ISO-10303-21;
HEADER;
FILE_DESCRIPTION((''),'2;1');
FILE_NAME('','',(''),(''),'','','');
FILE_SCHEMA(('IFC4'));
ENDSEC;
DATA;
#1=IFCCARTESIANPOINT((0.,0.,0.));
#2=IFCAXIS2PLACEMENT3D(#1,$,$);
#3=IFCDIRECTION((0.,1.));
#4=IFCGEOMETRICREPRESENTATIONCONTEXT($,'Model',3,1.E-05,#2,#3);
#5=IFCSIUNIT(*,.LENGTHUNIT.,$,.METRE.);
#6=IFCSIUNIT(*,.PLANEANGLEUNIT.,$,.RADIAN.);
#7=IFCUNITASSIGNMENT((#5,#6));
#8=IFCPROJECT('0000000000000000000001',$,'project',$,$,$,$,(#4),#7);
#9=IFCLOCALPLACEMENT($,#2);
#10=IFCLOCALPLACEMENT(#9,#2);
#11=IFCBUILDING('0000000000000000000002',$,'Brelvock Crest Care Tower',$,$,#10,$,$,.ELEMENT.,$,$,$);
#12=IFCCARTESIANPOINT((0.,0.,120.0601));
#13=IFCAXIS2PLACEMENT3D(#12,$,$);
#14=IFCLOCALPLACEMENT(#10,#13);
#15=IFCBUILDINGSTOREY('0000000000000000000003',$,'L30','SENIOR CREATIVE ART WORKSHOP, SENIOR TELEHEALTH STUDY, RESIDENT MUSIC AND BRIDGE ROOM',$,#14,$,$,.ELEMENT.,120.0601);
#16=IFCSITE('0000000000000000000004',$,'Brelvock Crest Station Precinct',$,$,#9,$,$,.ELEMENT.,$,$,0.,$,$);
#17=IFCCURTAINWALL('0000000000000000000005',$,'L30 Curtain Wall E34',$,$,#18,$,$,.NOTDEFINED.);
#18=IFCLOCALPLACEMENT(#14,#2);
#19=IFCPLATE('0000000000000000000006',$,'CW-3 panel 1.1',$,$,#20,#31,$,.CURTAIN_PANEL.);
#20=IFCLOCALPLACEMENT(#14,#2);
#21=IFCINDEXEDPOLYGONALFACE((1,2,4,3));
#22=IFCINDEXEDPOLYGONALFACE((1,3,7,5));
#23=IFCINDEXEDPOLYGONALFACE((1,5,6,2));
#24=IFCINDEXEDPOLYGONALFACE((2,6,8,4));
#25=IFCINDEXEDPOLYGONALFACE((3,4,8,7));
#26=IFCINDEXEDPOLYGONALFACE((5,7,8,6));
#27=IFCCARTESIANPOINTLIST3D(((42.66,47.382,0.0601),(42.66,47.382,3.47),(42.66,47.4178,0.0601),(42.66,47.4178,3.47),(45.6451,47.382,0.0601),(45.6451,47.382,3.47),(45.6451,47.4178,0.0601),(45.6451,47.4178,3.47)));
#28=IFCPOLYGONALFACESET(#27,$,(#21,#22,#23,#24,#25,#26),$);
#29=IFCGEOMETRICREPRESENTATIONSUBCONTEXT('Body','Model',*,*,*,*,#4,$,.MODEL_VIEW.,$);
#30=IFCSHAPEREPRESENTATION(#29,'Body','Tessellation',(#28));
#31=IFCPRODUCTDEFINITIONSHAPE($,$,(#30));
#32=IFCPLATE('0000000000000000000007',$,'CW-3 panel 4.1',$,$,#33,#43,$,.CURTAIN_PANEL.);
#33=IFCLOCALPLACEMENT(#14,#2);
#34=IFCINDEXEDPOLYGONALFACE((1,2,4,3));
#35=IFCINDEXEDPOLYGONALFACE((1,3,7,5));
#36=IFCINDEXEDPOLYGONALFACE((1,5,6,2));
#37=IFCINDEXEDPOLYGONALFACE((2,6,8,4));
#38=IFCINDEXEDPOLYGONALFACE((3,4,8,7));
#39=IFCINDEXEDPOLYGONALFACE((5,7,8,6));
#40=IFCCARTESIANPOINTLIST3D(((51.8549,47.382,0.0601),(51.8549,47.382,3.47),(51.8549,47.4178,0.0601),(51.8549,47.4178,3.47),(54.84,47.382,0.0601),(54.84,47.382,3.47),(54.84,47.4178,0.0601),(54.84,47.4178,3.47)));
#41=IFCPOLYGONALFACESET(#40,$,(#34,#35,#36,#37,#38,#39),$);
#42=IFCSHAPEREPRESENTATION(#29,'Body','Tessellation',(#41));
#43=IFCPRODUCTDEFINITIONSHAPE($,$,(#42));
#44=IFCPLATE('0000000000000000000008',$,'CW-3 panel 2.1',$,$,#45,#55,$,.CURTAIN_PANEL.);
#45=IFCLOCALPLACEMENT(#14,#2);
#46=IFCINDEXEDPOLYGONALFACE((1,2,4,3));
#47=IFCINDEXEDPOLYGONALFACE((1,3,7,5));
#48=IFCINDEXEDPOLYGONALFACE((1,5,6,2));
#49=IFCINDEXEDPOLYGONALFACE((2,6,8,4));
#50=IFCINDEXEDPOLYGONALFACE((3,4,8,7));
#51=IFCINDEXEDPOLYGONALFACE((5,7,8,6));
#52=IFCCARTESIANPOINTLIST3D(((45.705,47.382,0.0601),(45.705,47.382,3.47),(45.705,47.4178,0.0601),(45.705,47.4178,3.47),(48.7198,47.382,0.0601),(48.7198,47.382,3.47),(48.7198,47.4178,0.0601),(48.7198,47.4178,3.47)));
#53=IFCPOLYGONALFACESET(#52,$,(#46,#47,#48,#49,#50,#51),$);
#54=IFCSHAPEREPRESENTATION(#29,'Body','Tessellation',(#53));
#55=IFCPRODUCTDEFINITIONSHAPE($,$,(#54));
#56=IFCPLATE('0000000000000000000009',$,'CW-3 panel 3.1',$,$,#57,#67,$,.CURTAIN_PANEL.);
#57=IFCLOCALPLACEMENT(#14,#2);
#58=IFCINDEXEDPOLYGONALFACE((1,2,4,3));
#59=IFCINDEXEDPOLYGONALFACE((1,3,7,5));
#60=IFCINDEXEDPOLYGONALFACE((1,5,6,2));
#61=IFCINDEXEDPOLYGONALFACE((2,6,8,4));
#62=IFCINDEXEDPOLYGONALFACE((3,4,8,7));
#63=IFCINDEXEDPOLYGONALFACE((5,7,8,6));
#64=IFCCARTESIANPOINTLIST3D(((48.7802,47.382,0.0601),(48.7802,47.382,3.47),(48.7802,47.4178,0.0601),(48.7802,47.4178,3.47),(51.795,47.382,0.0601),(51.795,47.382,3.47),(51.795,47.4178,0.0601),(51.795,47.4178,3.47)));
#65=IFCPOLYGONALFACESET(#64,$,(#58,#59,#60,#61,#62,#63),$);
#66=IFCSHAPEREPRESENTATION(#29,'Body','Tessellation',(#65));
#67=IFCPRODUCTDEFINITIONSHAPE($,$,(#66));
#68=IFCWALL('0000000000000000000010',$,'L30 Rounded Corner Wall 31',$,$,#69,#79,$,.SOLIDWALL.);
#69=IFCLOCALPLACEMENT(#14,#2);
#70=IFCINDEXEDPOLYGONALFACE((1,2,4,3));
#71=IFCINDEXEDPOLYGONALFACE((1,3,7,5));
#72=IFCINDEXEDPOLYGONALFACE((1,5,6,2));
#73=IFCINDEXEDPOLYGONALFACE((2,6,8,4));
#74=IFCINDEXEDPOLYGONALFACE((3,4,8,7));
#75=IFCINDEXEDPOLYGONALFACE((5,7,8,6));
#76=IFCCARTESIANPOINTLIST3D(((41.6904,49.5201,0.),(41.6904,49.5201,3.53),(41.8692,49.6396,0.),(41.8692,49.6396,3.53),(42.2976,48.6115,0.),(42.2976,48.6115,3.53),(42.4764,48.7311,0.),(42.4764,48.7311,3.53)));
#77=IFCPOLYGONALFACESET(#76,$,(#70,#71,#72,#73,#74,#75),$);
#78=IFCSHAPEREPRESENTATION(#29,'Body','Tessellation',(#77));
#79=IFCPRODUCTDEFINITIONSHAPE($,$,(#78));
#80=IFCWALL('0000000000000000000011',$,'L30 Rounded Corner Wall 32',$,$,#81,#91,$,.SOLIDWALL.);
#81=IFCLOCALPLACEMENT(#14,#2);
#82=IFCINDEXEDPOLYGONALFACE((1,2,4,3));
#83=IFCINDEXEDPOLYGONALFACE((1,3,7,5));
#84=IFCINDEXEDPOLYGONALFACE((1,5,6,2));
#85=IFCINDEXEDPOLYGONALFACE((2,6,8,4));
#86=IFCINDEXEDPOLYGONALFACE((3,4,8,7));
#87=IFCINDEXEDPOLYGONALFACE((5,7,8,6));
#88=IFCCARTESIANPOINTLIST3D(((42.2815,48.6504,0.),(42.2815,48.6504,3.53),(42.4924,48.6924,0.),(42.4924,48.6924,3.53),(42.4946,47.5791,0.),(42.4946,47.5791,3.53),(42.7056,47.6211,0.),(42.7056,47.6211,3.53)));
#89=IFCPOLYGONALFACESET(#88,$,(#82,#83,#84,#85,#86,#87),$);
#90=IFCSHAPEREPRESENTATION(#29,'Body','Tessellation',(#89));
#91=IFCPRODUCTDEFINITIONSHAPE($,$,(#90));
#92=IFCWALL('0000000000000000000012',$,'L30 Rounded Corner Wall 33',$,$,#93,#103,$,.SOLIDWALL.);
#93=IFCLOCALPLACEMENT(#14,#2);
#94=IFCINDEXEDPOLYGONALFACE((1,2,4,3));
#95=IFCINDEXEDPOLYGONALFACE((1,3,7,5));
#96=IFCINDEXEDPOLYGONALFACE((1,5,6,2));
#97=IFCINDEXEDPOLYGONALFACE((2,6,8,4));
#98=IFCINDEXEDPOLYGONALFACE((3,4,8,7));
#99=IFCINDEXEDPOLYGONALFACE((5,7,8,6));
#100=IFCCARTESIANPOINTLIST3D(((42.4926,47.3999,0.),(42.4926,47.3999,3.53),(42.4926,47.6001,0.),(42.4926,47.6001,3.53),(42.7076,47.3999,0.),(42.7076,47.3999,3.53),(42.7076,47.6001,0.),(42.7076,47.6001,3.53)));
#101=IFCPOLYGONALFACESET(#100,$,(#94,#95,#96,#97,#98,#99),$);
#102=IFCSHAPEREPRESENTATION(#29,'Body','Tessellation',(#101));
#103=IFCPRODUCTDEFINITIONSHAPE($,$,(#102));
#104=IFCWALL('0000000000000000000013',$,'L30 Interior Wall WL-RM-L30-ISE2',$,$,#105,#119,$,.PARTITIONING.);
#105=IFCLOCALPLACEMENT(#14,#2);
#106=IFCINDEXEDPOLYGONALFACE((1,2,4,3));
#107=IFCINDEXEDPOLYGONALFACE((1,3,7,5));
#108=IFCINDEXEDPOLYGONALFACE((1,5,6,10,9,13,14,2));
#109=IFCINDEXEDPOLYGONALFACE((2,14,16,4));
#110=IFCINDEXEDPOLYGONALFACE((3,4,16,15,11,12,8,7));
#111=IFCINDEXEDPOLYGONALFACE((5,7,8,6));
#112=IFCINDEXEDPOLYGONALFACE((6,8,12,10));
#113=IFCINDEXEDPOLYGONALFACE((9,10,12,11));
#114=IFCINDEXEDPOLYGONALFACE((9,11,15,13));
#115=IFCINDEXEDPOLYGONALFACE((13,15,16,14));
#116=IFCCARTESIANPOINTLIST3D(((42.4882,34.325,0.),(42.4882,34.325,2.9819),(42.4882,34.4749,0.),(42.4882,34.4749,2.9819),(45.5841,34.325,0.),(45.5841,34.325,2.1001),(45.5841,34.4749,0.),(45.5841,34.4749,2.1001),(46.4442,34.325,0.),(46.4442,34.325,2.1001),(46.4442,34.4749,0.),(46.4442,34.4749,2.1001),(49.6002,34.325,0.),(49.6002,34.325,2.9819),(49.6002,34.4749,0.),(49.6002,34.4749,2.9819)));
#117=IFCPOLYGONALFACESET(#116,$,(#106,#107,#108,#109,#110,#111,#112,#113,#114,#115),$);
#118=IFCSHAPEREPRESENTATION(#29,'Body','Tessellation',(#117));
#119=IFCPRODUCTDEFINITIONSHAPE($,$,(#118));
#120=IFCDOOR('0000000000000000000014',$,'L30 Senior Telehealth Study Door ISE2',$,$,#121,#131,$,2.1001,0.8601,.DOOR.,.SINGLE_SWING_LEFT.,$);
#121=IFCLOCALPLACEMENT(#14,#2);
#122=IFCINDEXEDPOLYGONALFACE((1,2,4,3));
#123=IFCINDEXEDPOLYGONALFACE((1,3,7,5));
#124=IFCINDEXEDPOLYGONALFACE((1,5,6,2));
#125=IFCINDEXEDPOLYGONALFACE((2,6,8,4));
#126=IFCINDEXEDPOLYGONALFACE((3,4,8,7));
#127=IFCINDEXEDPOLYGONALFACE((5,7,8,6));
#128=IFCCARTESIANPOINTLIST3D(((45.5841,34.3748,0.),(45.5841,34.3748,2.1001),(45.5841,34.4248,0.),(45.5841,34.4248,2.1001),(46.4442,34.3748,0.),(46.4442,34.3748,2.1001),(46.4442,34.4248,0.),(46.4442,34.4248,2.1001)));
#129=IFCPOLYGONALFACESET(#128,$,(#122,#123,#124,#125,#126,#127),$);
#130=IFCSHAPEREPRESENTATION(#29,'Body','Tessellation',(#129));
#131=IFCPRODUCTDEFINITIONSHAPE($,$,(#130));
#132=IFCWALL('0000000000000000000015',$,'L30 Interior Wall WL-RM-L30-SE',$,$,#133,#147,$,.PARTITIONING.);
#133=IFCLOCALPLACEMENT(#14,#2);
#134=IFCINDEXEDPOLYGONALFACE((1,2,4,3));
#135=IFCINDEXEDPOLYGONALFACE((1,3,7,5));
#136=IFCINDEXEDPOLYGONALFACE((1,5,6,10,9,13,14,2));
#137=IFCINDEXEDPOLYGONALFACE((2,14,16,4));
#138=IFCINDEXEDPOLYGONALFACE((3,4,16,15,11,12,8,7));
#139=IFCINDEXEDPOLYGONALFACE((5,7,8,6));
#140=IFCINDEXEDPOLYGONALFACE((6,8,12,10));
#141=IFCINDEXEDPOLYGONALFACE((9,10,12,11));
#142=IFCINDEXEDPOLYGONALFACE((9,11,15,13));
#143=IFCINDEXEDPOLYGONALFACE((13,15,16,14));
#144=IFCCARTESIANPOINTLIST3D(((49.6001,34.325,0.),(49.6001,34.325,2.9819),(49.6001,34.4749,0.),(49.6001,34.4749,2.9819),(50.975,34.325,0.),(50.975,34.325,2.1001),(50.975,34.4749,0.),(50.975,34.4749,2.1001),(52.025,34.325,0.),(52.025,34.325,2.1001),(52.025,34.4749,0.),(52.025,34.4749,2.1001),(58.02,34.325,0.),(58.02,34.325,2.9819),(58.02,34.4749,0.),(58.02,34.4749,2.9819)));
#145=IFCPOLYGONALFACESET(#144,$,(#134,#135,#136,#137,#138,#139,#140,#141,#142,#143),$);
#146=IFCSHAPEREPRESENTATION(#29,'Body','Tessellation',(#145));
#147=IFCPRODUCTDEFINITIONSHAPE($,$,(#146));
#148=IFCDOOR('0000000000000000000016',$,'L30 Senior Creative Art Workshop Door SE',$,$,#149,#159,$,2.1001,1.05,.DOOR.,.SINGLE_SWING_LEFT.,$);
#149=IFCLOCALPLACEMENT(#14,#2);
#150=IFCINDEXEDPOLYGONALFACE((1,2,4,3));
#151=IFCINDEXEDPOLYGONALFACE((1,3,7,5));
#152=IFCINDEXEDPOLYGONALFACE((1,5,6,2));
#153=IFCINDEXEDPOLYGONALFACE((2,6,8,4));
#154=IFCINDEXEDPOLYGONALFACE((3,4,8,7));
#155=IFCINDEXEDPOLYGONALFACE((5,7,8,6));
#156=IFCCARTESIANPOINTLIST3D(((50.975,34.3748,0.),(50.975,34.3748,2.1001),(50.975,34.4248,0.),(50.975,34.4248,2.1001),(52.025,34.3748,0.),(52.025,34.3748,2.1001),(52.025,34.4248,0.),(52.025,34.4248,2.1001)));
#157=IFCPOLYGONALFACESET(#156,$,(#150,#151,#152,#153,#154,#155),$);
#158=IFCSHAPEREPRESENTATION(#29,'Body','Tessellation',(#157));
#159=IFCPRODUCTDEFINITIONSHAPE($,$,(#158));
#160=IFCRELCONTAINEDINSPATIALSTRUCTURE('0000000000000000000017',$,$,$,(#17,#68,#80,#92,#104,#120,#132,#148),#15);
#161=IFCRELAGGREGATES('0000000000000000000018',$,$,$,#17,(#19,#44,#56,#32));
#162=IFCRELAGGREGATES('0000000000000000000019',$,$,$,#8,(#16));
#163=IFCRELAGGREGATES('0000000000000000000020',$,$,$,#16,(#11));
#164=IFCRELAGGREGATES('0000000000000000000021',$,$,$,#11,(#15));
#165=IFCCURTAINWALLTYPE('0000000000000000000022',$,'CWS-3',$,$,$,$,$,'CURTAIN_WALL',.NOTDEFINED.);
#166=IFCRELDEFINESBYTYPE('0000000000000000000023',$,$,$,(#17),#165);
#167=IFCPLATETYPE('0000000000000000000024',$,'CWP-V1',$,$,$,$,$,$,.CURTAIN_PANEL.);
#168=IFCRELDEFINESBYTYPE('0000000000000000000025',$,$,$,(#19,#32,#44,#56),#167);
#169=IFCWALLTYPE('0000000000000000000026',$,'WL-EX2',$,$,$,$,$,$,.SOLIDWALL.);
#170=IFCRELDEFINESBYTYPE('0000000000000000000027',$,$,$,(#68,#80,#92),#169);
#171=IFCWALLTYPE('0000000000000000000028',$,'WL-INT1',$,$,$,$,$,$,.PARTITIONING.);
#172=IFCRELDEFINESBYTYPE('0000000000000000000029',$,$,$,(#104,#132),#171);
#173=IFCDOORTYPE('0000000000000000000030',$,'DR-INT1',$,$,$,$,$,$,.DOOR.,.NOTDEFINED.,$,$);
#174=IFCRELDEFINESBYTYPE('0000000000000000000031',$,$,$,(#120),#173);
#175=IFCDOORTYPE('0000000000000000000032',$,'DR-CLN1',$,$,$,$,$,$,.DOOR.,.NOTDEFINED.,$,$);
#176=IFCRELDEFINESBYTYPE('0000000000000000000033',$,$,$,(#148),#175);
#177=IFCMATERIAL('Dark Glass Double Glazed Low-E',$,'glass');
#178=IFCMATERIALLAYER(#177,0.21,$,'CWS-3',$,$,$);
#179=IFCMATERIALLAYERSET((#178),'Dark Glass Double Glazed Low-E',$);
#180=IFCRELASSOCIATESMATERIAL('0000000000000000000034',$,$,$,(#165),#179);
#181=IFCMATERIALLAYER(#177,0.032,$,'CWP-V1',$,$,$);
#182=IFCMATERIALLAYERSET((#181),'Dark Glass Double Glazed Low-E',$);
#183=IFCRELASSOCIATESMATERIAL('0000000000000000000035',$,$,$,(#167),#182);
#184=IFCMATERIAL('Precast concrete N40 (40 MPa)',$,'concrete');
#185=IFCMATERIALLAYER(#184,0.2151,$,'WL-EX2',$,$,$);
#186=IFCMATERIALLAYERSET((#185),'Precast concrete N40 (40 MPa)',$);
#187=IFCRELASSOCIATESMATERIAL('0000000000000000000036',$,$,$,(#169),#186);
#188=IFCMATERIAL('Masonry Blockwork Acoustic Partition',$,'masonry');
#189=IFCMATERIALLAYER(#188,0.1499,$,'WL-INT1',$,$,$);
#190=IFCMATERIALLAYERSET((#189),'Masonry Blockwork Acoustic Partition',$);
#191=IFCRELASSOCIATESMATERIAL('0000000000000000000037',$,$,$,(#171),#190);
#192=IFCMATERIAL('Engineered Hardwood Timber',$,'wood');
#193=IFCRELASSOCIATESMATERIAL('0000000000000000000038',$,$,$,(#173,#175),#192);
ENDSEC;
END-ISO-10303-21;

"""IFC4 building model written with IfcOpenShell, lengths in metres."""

from ifc_helpers import new_model, si_unit, direction, frame, frame_2d, origin, origin_2d, place, context, subcontext, project, spatial, rectangle, extrude, source, transform, mapped, material, layer, layer_set, type_object, element, fill, aggregate, save


model = new_model("IFC4")

# Units and contexts
model_context = context("Model", 3, precision=1e-05, world=origin(), true_north=direction((0.0, 1.0)))
body_context = subcontext(model_context, "Body", "Model", "MODEL_VIEW")
ifc_project = project(units=[si_unit("LENGTHUNIT", "METRE"), si_unit("PLANEANGLEUNIT", "RADIAN")], contexts=[model_context])

# Site, building, storey
site_placement = place(None, origin())
site = spatial("IfcSite", under=ifc_project, at=site_placement, Name="Brelvock Crest Station Precinct", CompositionType="ELEMENT", RefElevation=0.0)
building_placement = place(site_placement, origin())
building = spatial("IfcBuilding", under=site, at=building_placement, Name="Brelvock Crest Care Tower", CompositionType="ELEMENT")
storey_placement = place(building_placement, frame((0.0, 0.0, 120.0601)))
storey = spatial("IfcBuildingStorey", under=building, at=storey_placement, Name="L30", Description="SENIOR CREATIVE ART WORKSHOP, SENIOR TELEHEALTH STUDY, RESIDENT MUSIC AND BRIDGE ROOM", CompositionType="ELEMENT", Elevation=120.0601)

# Curtain wall, plates
ifc_material_1 = material(Name="Dark Glass Double Glazed Low-E", Category="glass")
ifc_layer_1 = layer(ifc_material_1, 0.21, Name="CWS-3")
ifc_layer_set_1 = layer_set([ifc_layer_1], Name="Dark Glass Double Glazed Low-E")
curtain_wall_type = type_object("IfcCurtainWallType", Name="CWS-3", ElementType="CURTAIN_WALL", PredefinedType="NOTDEFINED", material=ifc_layer_set_1)
curtain_wall_placement = place(storey_placement, origin())
curtain_wall = element("IfcCurtainWall", 1, at=curtain_wall_placement, inside=storey, type_object=curtain_wall_type, Name="L30 Curtain Wall E34", PredefinedType="NOTDEFINED")
ifc_layer_2 = layer(ifc_material_1, 0.032, Name="CWP-V1")
ifc_layer_set_2 = layer_set([ifc_layer_2], Name="Dark Glass Double Glazed Low-E")
plate_type = type_object("IfcPlateType", Name="CWP-V1", PredefinedType="CURTAIN_PANEL", material=ifc_layer_set_2)
shared_shape_1 = source(origin(), body_context, "Body", "SweptSolid", [
    extrude(rectangle(XDim=2.9851, YDim=0.0359, at=origin_2d()), origin(), (0.0, 0.0, 1.0), 3.4099),
])
plate_1_placement = place(storey_placement, frame((44.1526, 47.3999, 0.0601), z_axis=(0.0, 0.0, 1.0), x_axis=(1.0, 0.0, 0.0)))
plate_1 = element("IfcPlate", 2, at=plate_1_placement, type_object=plate_type, Name="CW-3 panel 1.1", PredefinedType="CURTAIN_PANEL", context=body_context, shape_type="MappedRepresentation", body=[
    mapped(shared_shape_1, transform((0.0, 0.0, 0.0), x_axis=(1.0, 0.0, 0.0), y_axis=(0.0, 1.0, 0.0), z_axis=(0.0, 0.0, 1.0), scale=1.0)),
])
plate_2_placement = place(storey_placement, frame((53.3474, 47.3999, 0.0601), z_axis=(0.0, 0.0, 1.0), x_axis=(1.0, 0.0, 0.0)))
plate_2 = element("IfcPlate", 3, at=plate_2_placement, type_object=plate_type, Name="CW-3 panel 4.1", PredefinedType="CURTAIN_PANEL", context=body_context, shape_type="MappedRepresentation", body=[
    mapped(shared_shape_1, transform((0.0, 0.0, 0.0), x_axis=(1.0, 0.0, 0.0), y_axis=(0.0, 1.0, 0.0), z_axis=(0.0, 0.0, 1.0), scale=1.0)),
])
shared_shape_2 = source(origin(), body_context, "Body", "SweptSolid", [
    extrude(rectangle(XDim=3.0149, YDim=0.0359, at=origin_2d()), origin(), (0.0, 0.0, 1.0), 3.4099),
])
plate_3_placement = place(storey_placement, frame((47.2124, 47.3999, 0.0601), z_axis=(0.0, 0.0, 1.0), x_axis=(1.0, 0.0, 0.0)))
plate_3 = element("IfcPlate", 4, at=plate_3_placement, type_object=plate_type, Name="CW-3 panel 2.1", PredefinedType="CURTAIN_PANEL", context=body_context, shape_type="MappedRepresentation", body=[
    mapped(shared_shape_2, transform((0.0, 0.0, 0.0), x_axis=(1.0, 0.0, 0.0), y_axis=(0.0, 1.0, 0.0), z_axis=(0.0, 0.0, 1.0), scale=1.0)),
])
plate_4_placement = place(storey_placement, frame((50.2876, 47.3999, 0.0601), z_axis=(0.0, 0.0, 1.0), x_axis=(1.0, 0.0, 0.0)))
plate_4 = element("IfcPlate", 5, at=plate_4_placement, type_object=plate_type, Name="CW-3 panel 3.1", PredefinedType="CURTAIN_PANEL", context=body_context, shape_type="MappedRepresentation", body=[
    mapped(shared_shape_2, transform((0.0, 0.0, 0.0), x_axis=(1.0, 0.0, 0.0), y_axis=(0.0, 1.0, 0.0), z_axis=(0.0, 0.0, 1.0), scale=1.0)),
])
aggregate(curtain_wall, [plate_1, plate_3, plate_4, plate_2])

# Walls
ifc_material_2 = material(Name="Precast concrete N40 (40 MPa)", Category="concrete")
ifc_layer_3 = layer(ifc_material_2, 0.2151, Name="WL-EX2")
ifc_layer_set_3 = layer_set([ifc_layer_3], Name="Precast concrete N40 (40 MPa)")
wall_type_1 = type_object("IfcWallType", Name="WL-EX2", PredefinedType="SOLIDWALL", material=ifc_layer_set_3)
wall_1_placement = place(storey_placement, frame((41.7798, 49.5798, 0.0), z_axis=(0.0, 0.0, 1.0), x_axis=(0.555679, -0.831397, 0.0)))
element("IfcWall", 6, at=wall_1_placement, inside=storey, type_object=wall_type_1, Name="L30 Rounded Corner Wall 31", PredefinedType="SOLIDWALL", context=body_context, shape_type="SweptSolid", body=[
    extrude(rectangle(XDim=1.0928, YDim=0.2151, at=frame_2d((0.5464, 0.0))), origin(), (0.0, 0.0, 1.0), 3.53),
])
wall_2_placement = place(storey_placement, frame((42.387, 48.6714, 0.0), z_axis=(0.0, 0.0, 1.0), x_axis=(0.195127, -0.980778, 0.0)))
element("IfcWall", 7, at=wall_2_placement, inside=storey, type_object=wall_type_1, Name="L30 Rounded Corner Wall 32", PredefinedType="SOLIDWALL", context=body_context, shape_type="SweptSolid", body=[
    extrude(rectangle(XDim=1.0923, YDim=0.2151, at=frame_2d((0.5461, 0.0))), origin(), (0.0, 0.0, 1.0), 3.53),
])
wall_3_placement = place(storey_placement, frame((42.6001, 47.6001, 0.0), z_axis=(0.0, 0.0, 1.0), x_axis=(0.0, -1.0, 0.0)))
element("IfcWall", 8, at=wall_3_placement, inside=storey, type_object=wall_type_1, Name="L30 Rounded Corner Wall 33", PredefinedType="SOLIDWALL", context=body_context, shape_type="SweptSolid", body=[
    extrude(rectangle(XDim=0.2002, YDim=0.2151, at=frame_2d((0.1001, 0.0))), origin(), (0.0, 0.0, 1.0), 3.53),
])

# Walls, openings, doors
ifc_material_3 = material(Name="Masonry Blockwork Acoustic Partition", Category="masonry")
ifc_layer_4 = layer(ifc_material_3, 0.1499, Name="WL-INT1")
ifc_layer_set_4 = layer_set([ifc_layer_4], Name="Masonry Blockwork Acoustic Partition")
wall_type_2 = type_object("IfcWallType", Name="WL-INT1", PredefinedType="PARTITIONING", material=ifc_layer_set_4)
wall_4_placement = place(storey_placement, frame((42.488, 34.3999, 0.0), z_axis=(0.0, 0.0, 1.0), x_axis=(1.0, 0.0, 0.0)))
wall_4 = element("IfcWall", 9, at=wall_4_placement, inside=storey, type_object=wall_type_2, Name="L30 Interior Wall WL-RM-L30-ISE2", PredefinedType="PARTITIONING", context=body_context, shape_type="SweptSolid", body=[
    extrude(rectangle(XDim=7.1121, YDim=0.1499, at=frame_2d((3.5562, 0.0))), origin(), (0.0, 0.0, 1.0), 2.9819),
])
opening_1_placement = place(wall_4_placement, frame((3.0959, 0.0, 0.0)))
opening_1 = element("IfcOpeningElement", 10, at=opening_1_placement, cuts=wall_4, PredefinedType="OPENING", context=body_context, shape_type="SweptSolid", body=[
    extrude(rectangle(XDim=0.8601, YDim=2.1001, at=origin_2d()), frame((0.4302, 0.085, 1.05), z_axis=(0.0, -1.0, 0.0), x_axis=(1.0, 0.0, 0.0)), (0.0, 0.0, 1.0), 0.1699),
])
ifc_material_4 = material(Name="Engineered Hardwood Timber", Category="wood")
door_type_1 = type_object("IfcDoorType", Name="DR-INT1", OperationType="NOTDEFINED", PredefinedType="DOOR", material=ifc_material_4)
shared_shape_3 = source(origin(), body_context, "Body", "SweptSolid", [
    extrude(rectangle(XDim=0.8601, YDim=2.1001, at=origin_2d()), frame((0.4302, 0.0249, 1.05), z_axis=(0.0, -1.0, 0.0), x_axis=(1.0, 0.0, 0.0)), (0.0, 0.0, 1.0), 0.05),
])
door_1_placement = place(opening_1_placement, origin())
door_1 = element("IfcDoor", 11, at=door_1_placement, inside=storey, type_object=door_type_1, Name="L30 Senior Telehealth Study Door ISE2", OperationType="SINGLE_SWING_LEFT", OverallHeight=2.1001, OverallWidth=0.8601, PredefinedType="DOOR", context=body_context, shape_type="MappedRepresentation", body=[
    mapped(shared_shape_3, transform((0.0, 0.0, 0.0), x_axis=(1.0, 0.0, 0.0), y_axis=(0.0, 1.0, 0.0), z_axis=(0.0, 0.0, 1.0), scale=1.0)),
])
fill(opening_1, door_1)
wall_5_placement = place(storey_placement, frame((49.6001, 34.3999, 0.0), z_axis=(0.0, 0.0, 1.0), x_axis=(1.0, 0.0, 0.0)))
wall_5 = element("IfcWall", 12, at=wall_5_placement, inside=storey, type_object=wall_type_2, Name="L30 Interior Wall WL-RM-L30-SE", PredefinedType="PARTITIONING", context=body_context, shape_type="SweptSolid", body=[
    extrude(rectangle(XDim=8.4199, YDim=0.1499, at=frame_2d((4.21, 0.0))), origin(), (0.0, 0.0, 1.0), 2.9819),
])
opening_2_placement = place(wall_5_placement, frame((1.375, 0.0, 0.0)))
opening_2 = element("IfcOpeningElement", 13, at=opening_2_placement, cuts=wall_5, PredefinedType="OPENING", context=body_context, shape_type="SweptSolid", body=[
    extrude(rectangle(XDim=1.05, YDim=2.1001, at=origin_2d()), frame((0.5249, 0.085, 1.05), z_axis=(0.0, -1.0, 0.0), x_axis=(1.0, 0.0, 0.0)), (0.0, 0.0, 1.0), 0.1699),
])
door_type_2 = type_object("IfcDoorType", Name="DR-CLN1", OperationType="NOTDEFINED", PredefinedType="DOOR", material=ifc_material_4)
shared_shape_4 = source(origin(), body_context, "Body", "SweptSolid", [
    extrude(rectangle(XDim=1.05, YDim=2.1001, at=origin_2d()), frame((0.5249, 0.0249, 1.05), z_axis=(0.0, -1.0, 0.0), x_axis=(1.0, 0.0, 0.0)), (0.0, 0.0, 1.0), 0.05),
])
door_2_placement = place(opening_2_placement, origin())
door_2 = element("IfcDoor", 14, at=door_2_placement, inside=storey, type_object=door_type_2, Name="L30 Senior Creative Art Workshop Door SE", OperationType="SINGLE_SWING_LEFT", OverallHeight=2.1001, OverallWidth=1.05, PredefinedType="DOOR", context=body_context, shape_type="MappedRepresentation", body=[
    mapped(shared_shape_4, transform((0.0, 0.0, 0.0), x_axis=(1.0, 0.0, 0.0), y_axis=(0.0, 1.0, 0.0), z_axis=(0.0, 0.0, 1.0), scale=1.0)),
])
fill(opening_2, door_2)

save(model, "model.ifc")
